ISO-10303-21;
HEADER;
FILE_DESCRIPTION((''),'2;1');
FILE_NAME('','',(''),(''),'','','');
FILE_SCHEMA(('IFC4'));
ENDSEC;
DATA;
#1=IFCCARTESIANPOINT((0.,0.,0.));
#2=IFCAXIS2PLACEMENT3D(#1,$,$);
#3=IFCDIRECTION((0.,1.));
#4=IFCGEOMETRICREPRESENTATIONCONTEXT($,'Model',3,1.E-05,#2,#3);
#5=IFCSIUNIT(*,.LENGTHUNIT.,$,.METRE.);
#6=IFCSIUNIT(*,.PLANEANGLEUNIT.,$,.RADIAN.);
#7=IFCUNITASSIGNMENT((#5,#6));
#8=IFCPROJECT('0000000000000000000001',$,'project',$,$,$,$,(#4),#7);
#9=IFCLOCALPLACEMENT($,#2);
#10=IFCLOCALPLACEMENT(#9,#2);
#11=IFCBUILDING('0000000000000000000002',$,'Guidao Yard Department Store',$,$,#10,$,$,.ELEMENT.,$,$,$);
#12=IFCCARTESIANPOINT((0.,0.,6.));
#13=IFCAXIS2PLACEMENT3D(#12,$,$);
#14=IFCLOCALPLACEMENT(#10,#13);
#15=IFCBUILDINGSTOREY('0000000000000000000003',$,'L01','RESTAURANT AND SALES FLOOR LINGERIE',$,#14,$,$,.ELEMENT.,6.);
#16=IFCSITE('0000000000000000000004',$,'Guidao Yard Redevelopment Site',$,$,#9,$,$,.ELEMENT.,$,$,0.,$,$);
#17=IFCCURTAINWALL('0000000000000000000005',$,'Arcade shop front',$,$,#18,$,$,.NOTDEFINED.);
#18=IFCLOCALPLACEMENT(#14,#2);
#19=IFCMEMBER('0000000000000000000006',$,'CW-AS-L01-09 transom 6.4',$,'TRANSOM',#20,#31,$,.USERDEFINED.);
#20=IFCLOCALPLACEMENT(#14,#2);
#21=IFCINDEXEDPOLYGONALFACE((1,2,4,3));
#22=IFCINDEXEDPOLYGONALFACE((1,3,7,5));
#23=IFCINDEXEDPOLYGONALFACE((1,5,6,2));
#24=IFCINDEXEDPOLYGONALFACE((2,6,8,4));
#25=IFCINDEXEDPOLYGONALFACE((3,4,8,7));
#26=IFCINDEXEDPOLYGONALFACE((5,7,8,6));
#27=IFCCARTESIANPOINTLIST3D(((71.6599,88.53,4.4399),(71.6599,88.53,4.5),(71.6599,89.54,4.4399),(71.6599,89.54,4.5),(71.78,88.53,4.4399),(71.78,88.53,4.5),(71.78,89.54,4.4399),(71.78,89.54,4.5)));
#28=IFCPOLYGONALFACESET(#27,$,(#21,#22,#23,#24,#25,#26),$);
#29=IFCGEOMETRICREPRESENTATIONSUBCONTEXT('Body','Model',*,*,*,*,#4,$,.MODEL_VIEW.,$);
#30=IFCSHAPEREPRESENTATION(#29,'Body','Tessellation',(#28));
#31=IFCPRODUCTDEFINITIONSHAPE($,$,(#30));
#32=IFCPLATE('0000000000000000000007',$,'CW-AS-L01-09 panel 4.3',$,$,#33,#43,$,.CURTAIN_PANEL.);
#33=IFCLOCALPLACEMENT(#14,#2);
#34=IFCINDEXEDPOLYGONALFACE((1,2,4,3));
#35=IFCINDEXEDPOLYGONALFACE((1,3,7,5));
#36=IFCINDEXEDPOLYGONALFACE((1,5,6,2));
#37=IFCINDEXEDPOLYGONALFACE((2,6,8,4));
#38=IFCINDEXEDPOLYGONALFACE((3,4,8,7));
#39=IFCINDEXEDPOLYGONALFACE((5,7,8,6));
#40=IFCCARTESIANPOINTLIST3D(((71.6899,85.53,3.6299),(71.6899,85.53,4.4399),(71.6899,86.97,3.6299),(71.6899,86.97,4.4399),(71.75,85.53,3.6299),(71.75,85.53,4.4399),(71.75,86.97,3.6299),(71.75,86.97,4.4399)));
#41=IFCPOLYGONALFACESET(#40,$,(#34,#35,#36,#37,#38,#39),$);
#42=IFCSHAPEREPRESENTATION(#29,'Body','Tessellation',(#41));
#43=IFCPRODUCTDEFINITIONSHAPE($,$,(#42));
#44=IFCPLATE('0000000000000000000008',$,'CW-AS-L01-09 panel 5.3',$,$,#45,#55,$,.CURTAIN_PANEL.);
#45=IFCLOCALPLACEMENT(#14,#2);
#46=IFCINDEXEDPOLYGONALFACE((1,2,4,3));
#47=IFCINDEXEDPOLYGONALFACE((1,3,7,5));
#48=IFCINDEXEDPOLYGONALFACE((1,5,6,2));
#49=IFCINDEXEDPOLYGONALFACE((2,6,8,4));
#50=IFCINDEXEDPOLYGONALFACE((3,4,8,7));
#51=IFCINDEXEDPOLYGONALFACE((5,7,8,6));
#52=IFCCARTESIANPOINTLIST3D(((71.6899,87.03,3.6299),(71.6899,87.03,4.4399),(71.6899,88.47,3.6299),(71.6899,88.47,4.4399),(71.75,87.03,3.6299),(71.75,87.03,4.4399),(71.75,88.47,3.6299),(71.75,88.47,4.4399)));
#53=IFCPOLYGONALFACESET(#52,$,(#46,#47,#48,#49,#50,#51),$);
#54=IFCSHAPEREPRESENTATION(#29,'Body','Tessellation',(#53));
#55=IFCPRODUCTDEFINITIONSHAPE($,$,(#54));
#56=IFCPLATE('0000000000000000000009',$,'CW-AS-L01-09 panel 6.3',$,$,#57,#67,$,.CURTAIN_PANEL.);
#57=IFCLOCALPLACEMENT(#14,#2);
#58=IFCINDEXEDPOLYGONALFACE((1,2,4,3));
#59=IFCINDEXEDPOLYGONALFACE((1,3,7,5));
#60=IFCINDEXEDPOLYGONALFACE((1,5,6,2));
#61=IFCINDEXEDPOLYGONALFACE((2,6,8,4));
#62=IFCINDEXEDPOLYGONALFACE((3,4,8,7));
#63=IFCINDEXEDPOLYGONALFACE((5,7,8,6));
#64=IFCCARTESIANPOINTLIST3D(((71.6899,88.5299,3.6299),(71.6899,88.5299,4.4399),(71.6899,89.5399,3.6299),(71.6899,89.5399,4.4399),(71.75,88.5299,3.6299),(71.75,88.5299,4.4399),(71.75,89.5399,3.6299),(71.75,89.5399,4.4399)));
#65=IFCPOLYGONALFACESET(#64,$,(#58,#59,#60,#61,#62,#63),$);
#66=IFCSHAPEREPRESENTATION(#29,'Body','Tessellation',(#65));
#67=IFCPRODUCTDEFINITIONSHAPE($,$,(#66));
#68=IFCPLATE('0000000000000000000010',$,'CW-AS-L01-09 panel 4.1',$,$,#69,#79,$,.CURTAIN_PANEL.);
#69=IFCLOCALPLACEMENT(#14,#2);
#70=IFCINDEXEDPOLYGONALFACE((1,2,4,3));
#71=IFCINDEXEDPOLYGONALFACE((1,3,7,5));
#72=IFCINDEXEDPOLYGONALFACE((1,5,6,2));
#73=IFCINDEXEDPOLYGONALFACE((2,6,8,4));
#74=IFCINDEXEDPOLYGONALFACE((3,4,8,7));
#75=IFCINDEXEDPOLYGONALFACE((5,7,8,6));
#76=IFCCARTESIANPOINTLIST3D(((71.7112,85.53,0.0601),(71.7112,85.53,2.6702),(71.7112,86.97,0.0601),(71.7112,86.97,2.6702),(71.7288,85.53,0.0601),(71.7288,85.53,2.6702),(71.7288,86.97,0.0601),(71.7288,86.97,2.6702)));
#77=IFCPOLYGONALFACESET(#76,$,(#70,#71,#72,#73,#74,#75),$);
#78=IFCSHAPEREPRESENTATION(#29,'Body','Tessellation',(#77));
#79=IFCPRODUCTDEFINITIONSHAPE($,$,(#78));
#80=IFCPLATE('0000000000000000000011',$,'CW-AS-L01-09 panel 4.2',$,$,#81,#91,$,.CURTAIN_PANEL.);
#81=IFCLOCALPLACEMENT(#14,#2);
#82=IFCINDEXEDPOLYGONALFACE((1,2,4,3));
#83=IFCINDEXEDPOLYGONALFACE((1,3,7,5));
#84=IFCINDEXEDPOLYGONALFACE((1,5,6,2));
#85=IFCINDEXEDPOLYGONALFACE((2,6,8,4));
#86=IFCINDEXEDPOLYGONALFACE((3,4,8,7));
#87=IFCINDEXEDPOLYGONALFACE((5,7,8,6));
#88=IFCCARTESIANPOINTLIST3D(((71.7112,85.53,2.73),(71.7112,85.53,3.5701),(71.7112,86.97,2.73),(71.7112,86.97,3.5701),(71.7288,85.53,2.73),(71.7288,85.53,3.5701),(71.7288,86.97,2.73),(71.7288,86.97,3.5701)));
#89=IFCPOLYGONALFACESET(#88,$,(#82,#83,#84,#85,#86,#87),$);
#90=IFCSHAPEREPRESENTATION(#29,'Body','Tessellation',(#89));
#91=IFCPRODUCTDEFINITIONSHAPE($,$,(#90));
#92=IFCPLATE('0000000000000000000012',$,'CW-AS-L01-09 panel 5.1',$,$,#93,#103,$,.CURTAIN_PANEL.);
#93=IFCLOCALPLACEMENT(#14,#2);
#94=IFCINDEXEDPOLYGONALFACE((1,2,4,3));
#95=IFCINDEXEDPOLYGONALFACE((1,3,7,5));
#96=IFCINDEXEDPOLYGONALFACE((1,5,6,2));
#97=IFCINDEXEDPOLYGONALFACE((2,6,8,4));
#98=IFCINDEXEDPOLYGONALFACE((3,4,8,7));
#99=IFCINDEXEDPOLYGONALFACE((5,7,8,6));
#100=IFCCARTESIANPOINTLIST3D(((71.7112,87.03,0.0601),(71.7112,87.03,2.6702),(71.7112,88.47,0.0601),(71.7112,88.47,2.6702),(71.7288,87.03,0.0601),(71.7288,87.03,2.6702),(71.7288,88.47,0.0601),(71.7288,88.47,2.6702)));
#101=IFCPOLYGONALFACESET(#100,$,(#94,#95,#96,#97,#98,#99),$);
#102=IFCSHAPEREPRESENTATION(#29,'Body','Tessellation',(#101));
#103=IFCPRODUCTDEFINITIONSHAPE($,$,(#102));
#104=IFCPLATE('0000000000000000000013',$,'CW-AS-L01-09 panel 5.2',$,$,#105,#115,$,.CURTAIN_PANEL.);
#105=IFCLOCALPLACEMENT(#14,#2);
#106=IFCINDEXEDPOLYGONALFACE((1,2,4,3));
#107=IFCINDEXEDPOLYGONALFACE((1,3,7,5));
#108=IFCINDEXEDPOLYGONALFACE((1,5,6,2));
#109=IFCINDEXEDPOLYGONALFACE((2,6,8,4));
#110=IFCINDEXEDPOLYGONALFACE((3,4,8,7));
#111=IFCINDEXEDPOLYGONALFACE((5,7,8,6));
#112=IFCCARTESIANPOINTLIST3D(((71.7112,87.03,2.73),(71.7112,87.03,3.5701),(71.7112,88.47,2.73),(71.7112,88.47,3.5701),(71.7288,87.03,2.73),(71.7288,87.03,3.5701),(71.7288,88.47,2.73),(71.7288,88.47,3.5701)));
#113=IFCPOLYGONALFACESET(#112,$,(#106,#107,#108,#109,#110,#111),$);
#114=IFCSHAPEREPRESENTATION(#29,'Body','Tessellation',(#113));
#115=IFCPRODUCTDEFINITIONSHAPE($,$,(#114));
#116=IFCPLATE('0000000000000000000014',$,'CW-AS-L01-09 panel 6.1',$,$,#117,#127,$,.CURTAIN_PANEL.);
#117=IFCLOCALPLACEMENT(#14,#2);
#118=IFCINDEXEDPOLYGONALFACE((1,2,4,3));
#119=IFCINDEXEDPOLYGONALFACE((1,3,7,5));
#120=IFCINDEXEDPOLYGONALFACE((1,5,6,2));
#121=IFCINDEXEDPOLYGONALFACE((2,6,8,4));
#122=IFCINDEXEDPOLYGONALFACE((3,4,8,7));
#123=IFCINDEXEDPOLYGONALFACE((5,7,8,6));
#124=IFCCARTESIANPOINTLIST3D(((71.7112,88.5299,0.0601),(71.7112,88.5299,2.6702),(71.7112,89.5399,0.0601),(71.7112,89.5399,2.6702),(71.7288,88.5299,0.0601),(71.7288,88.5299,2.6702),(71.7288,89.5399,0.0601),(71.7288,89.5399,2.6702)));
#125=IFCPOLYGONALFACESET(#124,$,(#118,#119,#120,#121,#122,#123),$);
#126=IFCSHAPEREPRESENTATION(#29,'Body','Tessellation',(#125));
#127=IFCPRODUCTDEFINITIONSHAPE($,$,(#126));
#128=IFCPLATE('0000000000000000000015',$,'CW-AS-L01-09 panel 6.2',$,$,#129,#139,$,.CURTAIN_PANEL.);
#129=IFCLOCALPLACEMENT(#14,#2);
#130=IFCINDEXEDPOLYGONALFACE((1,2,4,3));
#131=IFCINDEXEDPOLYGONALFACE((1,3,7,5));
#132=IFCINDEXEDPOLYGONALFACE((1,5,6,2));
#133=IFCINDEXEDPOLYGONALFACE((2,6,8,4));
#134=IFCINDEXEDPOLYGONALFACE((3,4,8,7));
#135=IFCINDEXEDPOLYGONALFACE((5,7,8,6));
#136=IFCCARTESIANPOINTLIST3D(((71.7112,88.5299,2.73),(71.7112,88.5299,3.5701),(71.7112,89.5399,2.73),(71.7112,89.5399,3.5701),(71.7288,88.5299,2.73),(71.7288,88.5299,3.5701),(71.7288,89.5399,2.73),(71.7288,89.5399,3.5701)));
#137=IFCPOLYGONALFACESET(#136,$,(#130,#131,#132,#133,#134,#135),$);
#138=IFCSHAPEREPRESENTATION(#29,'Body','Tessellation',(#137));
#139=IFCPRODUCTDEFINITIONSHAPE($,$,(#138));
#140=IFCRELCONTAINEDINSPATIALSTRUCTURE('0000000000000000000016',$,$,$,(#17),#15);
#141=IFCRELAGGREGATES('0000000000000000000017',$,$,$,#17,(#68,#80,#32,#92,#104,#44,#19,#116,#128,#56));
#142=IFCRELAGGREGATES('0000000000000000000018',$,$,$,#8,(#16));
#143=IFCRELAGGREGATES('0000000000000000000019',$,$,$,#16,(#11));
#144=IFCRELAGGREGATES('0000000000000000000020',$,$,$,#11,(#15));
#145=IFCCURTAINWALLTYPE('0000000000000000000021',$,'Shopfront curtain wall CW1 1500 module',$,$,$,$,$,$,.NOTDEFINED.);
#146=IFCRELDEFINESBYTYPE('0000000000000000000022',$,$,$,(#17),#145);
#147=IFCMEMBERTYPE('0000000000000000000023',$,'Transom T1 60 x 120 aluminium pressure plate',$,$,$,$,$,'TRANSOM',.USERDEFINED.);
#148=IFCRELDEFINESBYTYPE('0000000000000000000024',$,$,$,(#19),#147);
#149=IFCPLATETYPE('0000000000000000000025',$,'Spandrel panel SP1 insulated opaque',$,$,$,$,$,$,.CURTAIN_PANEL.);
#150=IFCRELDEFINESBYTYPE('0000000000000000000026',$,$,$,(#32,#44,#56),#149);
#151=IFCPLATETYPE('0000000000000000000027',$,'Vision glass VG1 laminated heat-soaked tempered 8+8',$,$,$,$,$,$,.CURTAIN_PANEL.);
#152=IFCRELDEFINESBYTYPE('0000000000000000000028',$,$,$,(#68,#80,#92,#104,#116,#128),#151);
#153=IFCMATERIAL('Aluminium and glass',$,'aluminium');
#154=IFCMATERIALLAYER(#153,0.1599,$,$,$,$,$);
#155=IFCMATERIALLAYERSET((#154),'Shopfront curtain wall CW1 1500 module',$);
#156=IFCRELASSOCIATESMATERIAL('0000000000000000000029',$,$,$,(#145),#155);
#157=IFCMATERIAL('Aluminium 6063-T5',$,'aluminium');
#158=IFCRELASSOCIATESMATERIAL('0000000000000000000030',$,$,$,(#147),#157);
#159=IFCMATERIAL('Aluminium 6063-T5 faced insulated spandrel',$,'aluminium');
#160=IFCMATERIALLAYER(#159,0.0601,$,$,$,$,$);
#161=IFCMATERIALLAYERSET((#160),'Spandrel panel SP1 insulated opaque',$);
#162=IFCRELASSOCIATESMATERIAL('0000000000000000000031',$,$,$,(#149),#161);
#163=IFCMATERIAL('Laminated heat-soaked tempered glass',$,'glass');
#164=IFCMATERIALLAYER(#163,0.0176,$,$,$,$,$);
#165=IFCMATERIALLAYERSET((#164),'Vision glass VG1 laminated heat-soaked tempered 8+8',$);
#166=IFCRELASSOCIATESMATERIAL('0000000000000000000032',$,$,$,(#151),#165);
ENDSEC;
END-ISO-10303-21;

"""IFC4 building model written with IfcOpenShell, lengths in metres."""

from ifc_helpers import new_model, si_unit, direction, frame, origin, origin_2d, place, context, subcontext, project, spatial, rectangle, extrude, material, layer, layer_set, material_profile, profile_set, type_object, element, aggregate, save


model = new_model("IFC4")

# Units and contexts
model_context = context("Model", 3, precision=1e-05, world=origin(), true_north=direction((0.0, 1.0)))
body_context = subcontext(model_context, "Body", "Model", "MODEL_VIEW")
ifc_project = project(units=[si_unit("LENGTHUNIT", "METRE"), si_unit("PLANEANGLEUNIT", "RADIAN")], contexts=[model_context])

# Site, building, storey
site_placement = place(None, origin())
site = spatial("IfcSite", under=ifc_project, at=site_placement, Name="Guidao Yard Redevelopment Site", CompositionType="ELEMENT", RefElevation=0.0)
building_placement = place(site_placement, origin())
building = spatial("IfcBuilding", under=site, at=building_placement, Name="Guidao Yard Department Store", CompositionType="ELEMENT")
storey_placement = place(building_placement, frame((0.0, 0.0, 6.0)))
storey = spatial("IfcBuildingStorey", under=building, at=storey_placement, Name="L01", Description="RESTAURANT AND SALES FLOOR LINGERIE", CompositionType="ELEMENT", Elevation=6.0)

# Curtain wall, member, plates
ifc_material_1 = material(Name="Aluminium and glass", Category="aluminium")
ifc_layer_1 = layer(ifc_material_1, 0.1599)
ifc_layer_set_1 = layer_set([ifc_layer_1], Name="Shopfront curtain wall CW1 1500 module")
curtain_wall_type = type_object("IfcCurtainWallType", Name="Shopfront curtain wall CW1 1500 module", PredefinedType="NOTDEFINED", material=ifc_layer_set_1)
curtain_wall_placement = place(storey_placement, origin())
curtain_wall = element("IfcCurtainWall", 1, at=curtain_wall_placement, inside=storey, type_object=curtain_wall_type, Name="Arcade shop front", PredefinedType="NOTDEFINED")
ifc_material_2 = material(Name="Aluminium 6063-T5", Category="aluminium")
ifc_material_profile_1 = material_profile(ifc_material_2, rectangle(XDim=0.1201, YDim=0.0601, at=origin_2d()), Name="Transom T1 60 x 120 aluminium pressure plate")
ifc_profile_set_1 = profile_set([ifc_material_profile_1], Name="Aluminium 6063-T5")
member_type_1 = type_object("IfcMemberType", Name="Transom T1 60 x 120 aluminium pressure plate", ElementType="TRANSOM", PredefinedType="USERDEFINED", material=ifc_profile_set_1)
member_1_placement = place(storey_placement, frame((71.72, 88.53, 4.47), z_axis=(0.0, 1.0, 0.0), x_axis=(-1.0, 0.0, 0.0)))
member_1 = element("IfcMember", 2, at=member_1_placement, type_object=member_type_1, Name="CW-AS-L01-09 transom 6.4", ObjectType="TRANSOM", PredefinedType="USERDEFINED", context=body_context, shape_type="SweptSolid", body=[
    extrude(rectangle(XDim=0.1201, YDim=0.0601, at=origin_2d()), origin(), (0.0, 0.0, 1.0), 1.01),
])
ifc_material_3 = material(Name="Aluminium 6063-T5 faced insulated spandrel", Category="aluminium")
ifc_layer_2 = layer(ifc_material_3, 0.0601)
ifc_layer_set_2 = layer_set([ifc_layer_2], Name="Spandrel panel SP1 insulated opaque")
plate_type_1 = type_object("IfcPlateType", Name="Spandrel panel SP1 insulated opaque", PredefinedType="CURTAIN_PANEL", material=ifc_layer_set_2)
plate_1_placement = place(storey_placement, frame((71.72, 86.25, 3.6299), z_axis=(0.0, 0.0, 1.0), x_axis=(0.0, 1.0, 0.0)))
plate_1 = element("IfcPlate", 3, at=plate_1_placement, type_object=plate_type_1, Name="CW-AS-L01-09 panel 4.3", PredefinedType="CURTAIN_PANEL", context=body_context, shape_type="SweptSolid", body=[
    extrude(rectangle(XDim=1.4399, YDim=0.0601, at=origin_2d()), origin(), (0.0, 0.0, 1.0), 0.8101),
])
plate_2_placement = place(storey_placement, frame((71.72, 87.75, 3.6299), z_axis=(0.0, 0.0, 1.0), x_axis=(0.0, 1.0, 0.0)))
plate_2 = element("IfcPlate", 4, at=plate_2_placement, type_object=plate_type_1, Name="CW-AS-L01-09 panel 5.3", PredefinedType="CURTAIN_PANEL", context=body_context, shape_type="SweptSolid", body=[
    extrude(rectangle(XDim=1.4399, YDim=0.0601, at=origin_2d()), origin(), (0.0, 0.0, 1.0), 0.8101),
])
plate_3_placement = place(storey_placement, frame((71.72, 89.0349, 3.6299), z_axis=(0.0, 0.0, 1.0), x_axis=(0.0, 1.0, 0.0)))
plate_3 = element("IfcPlate", 5, at=plate_3_placement, type_object=plate_type_1, Name="CW-AS-L01-09 panel 6.3", PredefinedType="CURTAIN_PANEL", context=body_context, shape_type="SweptSolid", body=[
    extrude(rectangle(XDim=1.01, YDim=0.0601, at=origin_2d()), origin(), (0.0, 0.0, 1.0), 0.8101),
])
ifc_material_4 = material(Name="Laminated heat-soaked tempered glass", Category="glass")
ifc_layer_3 = layer(ifc_material_4, 0.0176)
ifc_layer_set_3 = layer_set([ifc_layer_3], Name="Vision glass VG1 laminated heat-soaked tempered 8+8")
plate_type_2 = type_object("IfcPlateType", Name="Vision glass VG1 laminated heat-soaked tempered 8+8", PredefinedType="CURTAIN_PANEL", material=ifc_layer_set_3)
plate_4_placement = place(storey_placement, frame((71.72, 86.25, 0.0601), z_axis=(0.0, 0.0, 1.0), x_axis=(0.0, 1.0, 0.0)))
plate_4 = element("IfcPlate", 6, at=plate_4_placement, type_object=plate_type_2, Name="CW-AS-L01-09 panel 4.1", PredefinedType="CURTAIN_PANEL", context=body_context, shape_type="SweptSolid", body=[
    extrude(rectangle(XDim=1.4399, YDim=0.0176, at=origin_2d()), origin(), (0.0, 0.0, 1.0), 2.6101),
])
plate_5_placement = place(storey_placement, frame((71.72, 86.25, 2.73), z_axis=(0.0, 0.0, 1.0), x_axis=(0.0, 1.0, 0.0)))
plate_5 = element("IfcPlate", 7, at=plate_5_placement, type_object=plate_type_2, Name="CW-AS-L01-09 panel 4.2", PredefinedType="CURTAIN_PANEL", context=body_context, shape_type="SweptSolid", body=[
    extrude(rectangle(XDim=1.4399, YDim=0.0176, at=origin_2d()), origin(), (0.0, 0.0, 1.0), 0.8401),
])
plate_6_placement = place(storey_placement, frame((71.72, 87.75, 0.0601), z_axis=(0.0, 0.0, 1.0), x_axis=(0.0, 1.0, 0.0)))
plate_6 = element("IfcPlate", 8, at=plate_6_placement, type_object=plate_type_2, Name="CW-AS-L01-09 panel 5.1", PredefinedType="CURTAIN_PANEL", context=body_context, shape_type="SweptSolid", body=[
    extrude(rectangle(XDim=1.4399, YDim=0.0176, at=origin_2d()), origin(), (0.0, 0.0, 1.0), 2.6101),
])
plate_7_placement = place(storey_placement, frame((71.72, 87.75, 2.73), z_axis=(0.0, 0.0, 1.0), x_axis=(0.0, 1.0, 0.0)))
plate_7 = element("IfcPlate", 9, at=plate_7_placement, type_object=plate_type_2, Name="CW-AS-L01-09 panel 5.2", PredefinedType="CURTAIN_PANEL", context=body_context, shape_type="SweptSolid", body=[
    extrude(rectangle(XDim=1.4399, YDim=0.0176, at=origin_2d()), origin(), (0.0, 0.0, 1.0), 0.8401),
])
plate_8_placement = place(storey_placement, frame((71.72, 89.0349, 0.0601), z_axis=(0.0, 0.0, 1.0), x_axis=(0.0, 1.0, 0.0)))
plate_8 = element("IfcPlate", 10, at=plate_8_placement, type_object=plate_type_2, Name="CW-AS-L01-09 panel 6.1", PredefinedType="CURTAIN_PANEL", context=body_context, shape_type="SweptSolid", body=[
    extrude(rectangle(XDim=1.01, YDim=0.0176, at=origin_2d()), origin(), (0.0, 0.0, 1.0), 2.6101),
])
plate_9_placement = place(storey_placement, frame((71.72, 89.0349, 2.73), z_axis=(0.0, 0.0, 1.0), x_axis=(0.0, 1.0, 0.0)))
plate_9 = element("IfcPlate", 11, at=plate_9_placement, type_object=plate_type_2, Name="CW-AS-L01-09 panel 6.2", PredefinedType="CURTAIN_PANEL", context=body_context, shape_type="SweptSolid", body=[
    extrude(rectangle(XDim=1.01, YDim=0.0176, at=origin_2d()), origin(), (0.0, 0.0, 1.0), 0.8401),
])
aggregate(curtain_wall, [plate_4, plate_5, plate_1, plate_6, plate_7, plate_2, member_1, plate_8, plate_9, plate_3])

save(model, "model.ifc")
